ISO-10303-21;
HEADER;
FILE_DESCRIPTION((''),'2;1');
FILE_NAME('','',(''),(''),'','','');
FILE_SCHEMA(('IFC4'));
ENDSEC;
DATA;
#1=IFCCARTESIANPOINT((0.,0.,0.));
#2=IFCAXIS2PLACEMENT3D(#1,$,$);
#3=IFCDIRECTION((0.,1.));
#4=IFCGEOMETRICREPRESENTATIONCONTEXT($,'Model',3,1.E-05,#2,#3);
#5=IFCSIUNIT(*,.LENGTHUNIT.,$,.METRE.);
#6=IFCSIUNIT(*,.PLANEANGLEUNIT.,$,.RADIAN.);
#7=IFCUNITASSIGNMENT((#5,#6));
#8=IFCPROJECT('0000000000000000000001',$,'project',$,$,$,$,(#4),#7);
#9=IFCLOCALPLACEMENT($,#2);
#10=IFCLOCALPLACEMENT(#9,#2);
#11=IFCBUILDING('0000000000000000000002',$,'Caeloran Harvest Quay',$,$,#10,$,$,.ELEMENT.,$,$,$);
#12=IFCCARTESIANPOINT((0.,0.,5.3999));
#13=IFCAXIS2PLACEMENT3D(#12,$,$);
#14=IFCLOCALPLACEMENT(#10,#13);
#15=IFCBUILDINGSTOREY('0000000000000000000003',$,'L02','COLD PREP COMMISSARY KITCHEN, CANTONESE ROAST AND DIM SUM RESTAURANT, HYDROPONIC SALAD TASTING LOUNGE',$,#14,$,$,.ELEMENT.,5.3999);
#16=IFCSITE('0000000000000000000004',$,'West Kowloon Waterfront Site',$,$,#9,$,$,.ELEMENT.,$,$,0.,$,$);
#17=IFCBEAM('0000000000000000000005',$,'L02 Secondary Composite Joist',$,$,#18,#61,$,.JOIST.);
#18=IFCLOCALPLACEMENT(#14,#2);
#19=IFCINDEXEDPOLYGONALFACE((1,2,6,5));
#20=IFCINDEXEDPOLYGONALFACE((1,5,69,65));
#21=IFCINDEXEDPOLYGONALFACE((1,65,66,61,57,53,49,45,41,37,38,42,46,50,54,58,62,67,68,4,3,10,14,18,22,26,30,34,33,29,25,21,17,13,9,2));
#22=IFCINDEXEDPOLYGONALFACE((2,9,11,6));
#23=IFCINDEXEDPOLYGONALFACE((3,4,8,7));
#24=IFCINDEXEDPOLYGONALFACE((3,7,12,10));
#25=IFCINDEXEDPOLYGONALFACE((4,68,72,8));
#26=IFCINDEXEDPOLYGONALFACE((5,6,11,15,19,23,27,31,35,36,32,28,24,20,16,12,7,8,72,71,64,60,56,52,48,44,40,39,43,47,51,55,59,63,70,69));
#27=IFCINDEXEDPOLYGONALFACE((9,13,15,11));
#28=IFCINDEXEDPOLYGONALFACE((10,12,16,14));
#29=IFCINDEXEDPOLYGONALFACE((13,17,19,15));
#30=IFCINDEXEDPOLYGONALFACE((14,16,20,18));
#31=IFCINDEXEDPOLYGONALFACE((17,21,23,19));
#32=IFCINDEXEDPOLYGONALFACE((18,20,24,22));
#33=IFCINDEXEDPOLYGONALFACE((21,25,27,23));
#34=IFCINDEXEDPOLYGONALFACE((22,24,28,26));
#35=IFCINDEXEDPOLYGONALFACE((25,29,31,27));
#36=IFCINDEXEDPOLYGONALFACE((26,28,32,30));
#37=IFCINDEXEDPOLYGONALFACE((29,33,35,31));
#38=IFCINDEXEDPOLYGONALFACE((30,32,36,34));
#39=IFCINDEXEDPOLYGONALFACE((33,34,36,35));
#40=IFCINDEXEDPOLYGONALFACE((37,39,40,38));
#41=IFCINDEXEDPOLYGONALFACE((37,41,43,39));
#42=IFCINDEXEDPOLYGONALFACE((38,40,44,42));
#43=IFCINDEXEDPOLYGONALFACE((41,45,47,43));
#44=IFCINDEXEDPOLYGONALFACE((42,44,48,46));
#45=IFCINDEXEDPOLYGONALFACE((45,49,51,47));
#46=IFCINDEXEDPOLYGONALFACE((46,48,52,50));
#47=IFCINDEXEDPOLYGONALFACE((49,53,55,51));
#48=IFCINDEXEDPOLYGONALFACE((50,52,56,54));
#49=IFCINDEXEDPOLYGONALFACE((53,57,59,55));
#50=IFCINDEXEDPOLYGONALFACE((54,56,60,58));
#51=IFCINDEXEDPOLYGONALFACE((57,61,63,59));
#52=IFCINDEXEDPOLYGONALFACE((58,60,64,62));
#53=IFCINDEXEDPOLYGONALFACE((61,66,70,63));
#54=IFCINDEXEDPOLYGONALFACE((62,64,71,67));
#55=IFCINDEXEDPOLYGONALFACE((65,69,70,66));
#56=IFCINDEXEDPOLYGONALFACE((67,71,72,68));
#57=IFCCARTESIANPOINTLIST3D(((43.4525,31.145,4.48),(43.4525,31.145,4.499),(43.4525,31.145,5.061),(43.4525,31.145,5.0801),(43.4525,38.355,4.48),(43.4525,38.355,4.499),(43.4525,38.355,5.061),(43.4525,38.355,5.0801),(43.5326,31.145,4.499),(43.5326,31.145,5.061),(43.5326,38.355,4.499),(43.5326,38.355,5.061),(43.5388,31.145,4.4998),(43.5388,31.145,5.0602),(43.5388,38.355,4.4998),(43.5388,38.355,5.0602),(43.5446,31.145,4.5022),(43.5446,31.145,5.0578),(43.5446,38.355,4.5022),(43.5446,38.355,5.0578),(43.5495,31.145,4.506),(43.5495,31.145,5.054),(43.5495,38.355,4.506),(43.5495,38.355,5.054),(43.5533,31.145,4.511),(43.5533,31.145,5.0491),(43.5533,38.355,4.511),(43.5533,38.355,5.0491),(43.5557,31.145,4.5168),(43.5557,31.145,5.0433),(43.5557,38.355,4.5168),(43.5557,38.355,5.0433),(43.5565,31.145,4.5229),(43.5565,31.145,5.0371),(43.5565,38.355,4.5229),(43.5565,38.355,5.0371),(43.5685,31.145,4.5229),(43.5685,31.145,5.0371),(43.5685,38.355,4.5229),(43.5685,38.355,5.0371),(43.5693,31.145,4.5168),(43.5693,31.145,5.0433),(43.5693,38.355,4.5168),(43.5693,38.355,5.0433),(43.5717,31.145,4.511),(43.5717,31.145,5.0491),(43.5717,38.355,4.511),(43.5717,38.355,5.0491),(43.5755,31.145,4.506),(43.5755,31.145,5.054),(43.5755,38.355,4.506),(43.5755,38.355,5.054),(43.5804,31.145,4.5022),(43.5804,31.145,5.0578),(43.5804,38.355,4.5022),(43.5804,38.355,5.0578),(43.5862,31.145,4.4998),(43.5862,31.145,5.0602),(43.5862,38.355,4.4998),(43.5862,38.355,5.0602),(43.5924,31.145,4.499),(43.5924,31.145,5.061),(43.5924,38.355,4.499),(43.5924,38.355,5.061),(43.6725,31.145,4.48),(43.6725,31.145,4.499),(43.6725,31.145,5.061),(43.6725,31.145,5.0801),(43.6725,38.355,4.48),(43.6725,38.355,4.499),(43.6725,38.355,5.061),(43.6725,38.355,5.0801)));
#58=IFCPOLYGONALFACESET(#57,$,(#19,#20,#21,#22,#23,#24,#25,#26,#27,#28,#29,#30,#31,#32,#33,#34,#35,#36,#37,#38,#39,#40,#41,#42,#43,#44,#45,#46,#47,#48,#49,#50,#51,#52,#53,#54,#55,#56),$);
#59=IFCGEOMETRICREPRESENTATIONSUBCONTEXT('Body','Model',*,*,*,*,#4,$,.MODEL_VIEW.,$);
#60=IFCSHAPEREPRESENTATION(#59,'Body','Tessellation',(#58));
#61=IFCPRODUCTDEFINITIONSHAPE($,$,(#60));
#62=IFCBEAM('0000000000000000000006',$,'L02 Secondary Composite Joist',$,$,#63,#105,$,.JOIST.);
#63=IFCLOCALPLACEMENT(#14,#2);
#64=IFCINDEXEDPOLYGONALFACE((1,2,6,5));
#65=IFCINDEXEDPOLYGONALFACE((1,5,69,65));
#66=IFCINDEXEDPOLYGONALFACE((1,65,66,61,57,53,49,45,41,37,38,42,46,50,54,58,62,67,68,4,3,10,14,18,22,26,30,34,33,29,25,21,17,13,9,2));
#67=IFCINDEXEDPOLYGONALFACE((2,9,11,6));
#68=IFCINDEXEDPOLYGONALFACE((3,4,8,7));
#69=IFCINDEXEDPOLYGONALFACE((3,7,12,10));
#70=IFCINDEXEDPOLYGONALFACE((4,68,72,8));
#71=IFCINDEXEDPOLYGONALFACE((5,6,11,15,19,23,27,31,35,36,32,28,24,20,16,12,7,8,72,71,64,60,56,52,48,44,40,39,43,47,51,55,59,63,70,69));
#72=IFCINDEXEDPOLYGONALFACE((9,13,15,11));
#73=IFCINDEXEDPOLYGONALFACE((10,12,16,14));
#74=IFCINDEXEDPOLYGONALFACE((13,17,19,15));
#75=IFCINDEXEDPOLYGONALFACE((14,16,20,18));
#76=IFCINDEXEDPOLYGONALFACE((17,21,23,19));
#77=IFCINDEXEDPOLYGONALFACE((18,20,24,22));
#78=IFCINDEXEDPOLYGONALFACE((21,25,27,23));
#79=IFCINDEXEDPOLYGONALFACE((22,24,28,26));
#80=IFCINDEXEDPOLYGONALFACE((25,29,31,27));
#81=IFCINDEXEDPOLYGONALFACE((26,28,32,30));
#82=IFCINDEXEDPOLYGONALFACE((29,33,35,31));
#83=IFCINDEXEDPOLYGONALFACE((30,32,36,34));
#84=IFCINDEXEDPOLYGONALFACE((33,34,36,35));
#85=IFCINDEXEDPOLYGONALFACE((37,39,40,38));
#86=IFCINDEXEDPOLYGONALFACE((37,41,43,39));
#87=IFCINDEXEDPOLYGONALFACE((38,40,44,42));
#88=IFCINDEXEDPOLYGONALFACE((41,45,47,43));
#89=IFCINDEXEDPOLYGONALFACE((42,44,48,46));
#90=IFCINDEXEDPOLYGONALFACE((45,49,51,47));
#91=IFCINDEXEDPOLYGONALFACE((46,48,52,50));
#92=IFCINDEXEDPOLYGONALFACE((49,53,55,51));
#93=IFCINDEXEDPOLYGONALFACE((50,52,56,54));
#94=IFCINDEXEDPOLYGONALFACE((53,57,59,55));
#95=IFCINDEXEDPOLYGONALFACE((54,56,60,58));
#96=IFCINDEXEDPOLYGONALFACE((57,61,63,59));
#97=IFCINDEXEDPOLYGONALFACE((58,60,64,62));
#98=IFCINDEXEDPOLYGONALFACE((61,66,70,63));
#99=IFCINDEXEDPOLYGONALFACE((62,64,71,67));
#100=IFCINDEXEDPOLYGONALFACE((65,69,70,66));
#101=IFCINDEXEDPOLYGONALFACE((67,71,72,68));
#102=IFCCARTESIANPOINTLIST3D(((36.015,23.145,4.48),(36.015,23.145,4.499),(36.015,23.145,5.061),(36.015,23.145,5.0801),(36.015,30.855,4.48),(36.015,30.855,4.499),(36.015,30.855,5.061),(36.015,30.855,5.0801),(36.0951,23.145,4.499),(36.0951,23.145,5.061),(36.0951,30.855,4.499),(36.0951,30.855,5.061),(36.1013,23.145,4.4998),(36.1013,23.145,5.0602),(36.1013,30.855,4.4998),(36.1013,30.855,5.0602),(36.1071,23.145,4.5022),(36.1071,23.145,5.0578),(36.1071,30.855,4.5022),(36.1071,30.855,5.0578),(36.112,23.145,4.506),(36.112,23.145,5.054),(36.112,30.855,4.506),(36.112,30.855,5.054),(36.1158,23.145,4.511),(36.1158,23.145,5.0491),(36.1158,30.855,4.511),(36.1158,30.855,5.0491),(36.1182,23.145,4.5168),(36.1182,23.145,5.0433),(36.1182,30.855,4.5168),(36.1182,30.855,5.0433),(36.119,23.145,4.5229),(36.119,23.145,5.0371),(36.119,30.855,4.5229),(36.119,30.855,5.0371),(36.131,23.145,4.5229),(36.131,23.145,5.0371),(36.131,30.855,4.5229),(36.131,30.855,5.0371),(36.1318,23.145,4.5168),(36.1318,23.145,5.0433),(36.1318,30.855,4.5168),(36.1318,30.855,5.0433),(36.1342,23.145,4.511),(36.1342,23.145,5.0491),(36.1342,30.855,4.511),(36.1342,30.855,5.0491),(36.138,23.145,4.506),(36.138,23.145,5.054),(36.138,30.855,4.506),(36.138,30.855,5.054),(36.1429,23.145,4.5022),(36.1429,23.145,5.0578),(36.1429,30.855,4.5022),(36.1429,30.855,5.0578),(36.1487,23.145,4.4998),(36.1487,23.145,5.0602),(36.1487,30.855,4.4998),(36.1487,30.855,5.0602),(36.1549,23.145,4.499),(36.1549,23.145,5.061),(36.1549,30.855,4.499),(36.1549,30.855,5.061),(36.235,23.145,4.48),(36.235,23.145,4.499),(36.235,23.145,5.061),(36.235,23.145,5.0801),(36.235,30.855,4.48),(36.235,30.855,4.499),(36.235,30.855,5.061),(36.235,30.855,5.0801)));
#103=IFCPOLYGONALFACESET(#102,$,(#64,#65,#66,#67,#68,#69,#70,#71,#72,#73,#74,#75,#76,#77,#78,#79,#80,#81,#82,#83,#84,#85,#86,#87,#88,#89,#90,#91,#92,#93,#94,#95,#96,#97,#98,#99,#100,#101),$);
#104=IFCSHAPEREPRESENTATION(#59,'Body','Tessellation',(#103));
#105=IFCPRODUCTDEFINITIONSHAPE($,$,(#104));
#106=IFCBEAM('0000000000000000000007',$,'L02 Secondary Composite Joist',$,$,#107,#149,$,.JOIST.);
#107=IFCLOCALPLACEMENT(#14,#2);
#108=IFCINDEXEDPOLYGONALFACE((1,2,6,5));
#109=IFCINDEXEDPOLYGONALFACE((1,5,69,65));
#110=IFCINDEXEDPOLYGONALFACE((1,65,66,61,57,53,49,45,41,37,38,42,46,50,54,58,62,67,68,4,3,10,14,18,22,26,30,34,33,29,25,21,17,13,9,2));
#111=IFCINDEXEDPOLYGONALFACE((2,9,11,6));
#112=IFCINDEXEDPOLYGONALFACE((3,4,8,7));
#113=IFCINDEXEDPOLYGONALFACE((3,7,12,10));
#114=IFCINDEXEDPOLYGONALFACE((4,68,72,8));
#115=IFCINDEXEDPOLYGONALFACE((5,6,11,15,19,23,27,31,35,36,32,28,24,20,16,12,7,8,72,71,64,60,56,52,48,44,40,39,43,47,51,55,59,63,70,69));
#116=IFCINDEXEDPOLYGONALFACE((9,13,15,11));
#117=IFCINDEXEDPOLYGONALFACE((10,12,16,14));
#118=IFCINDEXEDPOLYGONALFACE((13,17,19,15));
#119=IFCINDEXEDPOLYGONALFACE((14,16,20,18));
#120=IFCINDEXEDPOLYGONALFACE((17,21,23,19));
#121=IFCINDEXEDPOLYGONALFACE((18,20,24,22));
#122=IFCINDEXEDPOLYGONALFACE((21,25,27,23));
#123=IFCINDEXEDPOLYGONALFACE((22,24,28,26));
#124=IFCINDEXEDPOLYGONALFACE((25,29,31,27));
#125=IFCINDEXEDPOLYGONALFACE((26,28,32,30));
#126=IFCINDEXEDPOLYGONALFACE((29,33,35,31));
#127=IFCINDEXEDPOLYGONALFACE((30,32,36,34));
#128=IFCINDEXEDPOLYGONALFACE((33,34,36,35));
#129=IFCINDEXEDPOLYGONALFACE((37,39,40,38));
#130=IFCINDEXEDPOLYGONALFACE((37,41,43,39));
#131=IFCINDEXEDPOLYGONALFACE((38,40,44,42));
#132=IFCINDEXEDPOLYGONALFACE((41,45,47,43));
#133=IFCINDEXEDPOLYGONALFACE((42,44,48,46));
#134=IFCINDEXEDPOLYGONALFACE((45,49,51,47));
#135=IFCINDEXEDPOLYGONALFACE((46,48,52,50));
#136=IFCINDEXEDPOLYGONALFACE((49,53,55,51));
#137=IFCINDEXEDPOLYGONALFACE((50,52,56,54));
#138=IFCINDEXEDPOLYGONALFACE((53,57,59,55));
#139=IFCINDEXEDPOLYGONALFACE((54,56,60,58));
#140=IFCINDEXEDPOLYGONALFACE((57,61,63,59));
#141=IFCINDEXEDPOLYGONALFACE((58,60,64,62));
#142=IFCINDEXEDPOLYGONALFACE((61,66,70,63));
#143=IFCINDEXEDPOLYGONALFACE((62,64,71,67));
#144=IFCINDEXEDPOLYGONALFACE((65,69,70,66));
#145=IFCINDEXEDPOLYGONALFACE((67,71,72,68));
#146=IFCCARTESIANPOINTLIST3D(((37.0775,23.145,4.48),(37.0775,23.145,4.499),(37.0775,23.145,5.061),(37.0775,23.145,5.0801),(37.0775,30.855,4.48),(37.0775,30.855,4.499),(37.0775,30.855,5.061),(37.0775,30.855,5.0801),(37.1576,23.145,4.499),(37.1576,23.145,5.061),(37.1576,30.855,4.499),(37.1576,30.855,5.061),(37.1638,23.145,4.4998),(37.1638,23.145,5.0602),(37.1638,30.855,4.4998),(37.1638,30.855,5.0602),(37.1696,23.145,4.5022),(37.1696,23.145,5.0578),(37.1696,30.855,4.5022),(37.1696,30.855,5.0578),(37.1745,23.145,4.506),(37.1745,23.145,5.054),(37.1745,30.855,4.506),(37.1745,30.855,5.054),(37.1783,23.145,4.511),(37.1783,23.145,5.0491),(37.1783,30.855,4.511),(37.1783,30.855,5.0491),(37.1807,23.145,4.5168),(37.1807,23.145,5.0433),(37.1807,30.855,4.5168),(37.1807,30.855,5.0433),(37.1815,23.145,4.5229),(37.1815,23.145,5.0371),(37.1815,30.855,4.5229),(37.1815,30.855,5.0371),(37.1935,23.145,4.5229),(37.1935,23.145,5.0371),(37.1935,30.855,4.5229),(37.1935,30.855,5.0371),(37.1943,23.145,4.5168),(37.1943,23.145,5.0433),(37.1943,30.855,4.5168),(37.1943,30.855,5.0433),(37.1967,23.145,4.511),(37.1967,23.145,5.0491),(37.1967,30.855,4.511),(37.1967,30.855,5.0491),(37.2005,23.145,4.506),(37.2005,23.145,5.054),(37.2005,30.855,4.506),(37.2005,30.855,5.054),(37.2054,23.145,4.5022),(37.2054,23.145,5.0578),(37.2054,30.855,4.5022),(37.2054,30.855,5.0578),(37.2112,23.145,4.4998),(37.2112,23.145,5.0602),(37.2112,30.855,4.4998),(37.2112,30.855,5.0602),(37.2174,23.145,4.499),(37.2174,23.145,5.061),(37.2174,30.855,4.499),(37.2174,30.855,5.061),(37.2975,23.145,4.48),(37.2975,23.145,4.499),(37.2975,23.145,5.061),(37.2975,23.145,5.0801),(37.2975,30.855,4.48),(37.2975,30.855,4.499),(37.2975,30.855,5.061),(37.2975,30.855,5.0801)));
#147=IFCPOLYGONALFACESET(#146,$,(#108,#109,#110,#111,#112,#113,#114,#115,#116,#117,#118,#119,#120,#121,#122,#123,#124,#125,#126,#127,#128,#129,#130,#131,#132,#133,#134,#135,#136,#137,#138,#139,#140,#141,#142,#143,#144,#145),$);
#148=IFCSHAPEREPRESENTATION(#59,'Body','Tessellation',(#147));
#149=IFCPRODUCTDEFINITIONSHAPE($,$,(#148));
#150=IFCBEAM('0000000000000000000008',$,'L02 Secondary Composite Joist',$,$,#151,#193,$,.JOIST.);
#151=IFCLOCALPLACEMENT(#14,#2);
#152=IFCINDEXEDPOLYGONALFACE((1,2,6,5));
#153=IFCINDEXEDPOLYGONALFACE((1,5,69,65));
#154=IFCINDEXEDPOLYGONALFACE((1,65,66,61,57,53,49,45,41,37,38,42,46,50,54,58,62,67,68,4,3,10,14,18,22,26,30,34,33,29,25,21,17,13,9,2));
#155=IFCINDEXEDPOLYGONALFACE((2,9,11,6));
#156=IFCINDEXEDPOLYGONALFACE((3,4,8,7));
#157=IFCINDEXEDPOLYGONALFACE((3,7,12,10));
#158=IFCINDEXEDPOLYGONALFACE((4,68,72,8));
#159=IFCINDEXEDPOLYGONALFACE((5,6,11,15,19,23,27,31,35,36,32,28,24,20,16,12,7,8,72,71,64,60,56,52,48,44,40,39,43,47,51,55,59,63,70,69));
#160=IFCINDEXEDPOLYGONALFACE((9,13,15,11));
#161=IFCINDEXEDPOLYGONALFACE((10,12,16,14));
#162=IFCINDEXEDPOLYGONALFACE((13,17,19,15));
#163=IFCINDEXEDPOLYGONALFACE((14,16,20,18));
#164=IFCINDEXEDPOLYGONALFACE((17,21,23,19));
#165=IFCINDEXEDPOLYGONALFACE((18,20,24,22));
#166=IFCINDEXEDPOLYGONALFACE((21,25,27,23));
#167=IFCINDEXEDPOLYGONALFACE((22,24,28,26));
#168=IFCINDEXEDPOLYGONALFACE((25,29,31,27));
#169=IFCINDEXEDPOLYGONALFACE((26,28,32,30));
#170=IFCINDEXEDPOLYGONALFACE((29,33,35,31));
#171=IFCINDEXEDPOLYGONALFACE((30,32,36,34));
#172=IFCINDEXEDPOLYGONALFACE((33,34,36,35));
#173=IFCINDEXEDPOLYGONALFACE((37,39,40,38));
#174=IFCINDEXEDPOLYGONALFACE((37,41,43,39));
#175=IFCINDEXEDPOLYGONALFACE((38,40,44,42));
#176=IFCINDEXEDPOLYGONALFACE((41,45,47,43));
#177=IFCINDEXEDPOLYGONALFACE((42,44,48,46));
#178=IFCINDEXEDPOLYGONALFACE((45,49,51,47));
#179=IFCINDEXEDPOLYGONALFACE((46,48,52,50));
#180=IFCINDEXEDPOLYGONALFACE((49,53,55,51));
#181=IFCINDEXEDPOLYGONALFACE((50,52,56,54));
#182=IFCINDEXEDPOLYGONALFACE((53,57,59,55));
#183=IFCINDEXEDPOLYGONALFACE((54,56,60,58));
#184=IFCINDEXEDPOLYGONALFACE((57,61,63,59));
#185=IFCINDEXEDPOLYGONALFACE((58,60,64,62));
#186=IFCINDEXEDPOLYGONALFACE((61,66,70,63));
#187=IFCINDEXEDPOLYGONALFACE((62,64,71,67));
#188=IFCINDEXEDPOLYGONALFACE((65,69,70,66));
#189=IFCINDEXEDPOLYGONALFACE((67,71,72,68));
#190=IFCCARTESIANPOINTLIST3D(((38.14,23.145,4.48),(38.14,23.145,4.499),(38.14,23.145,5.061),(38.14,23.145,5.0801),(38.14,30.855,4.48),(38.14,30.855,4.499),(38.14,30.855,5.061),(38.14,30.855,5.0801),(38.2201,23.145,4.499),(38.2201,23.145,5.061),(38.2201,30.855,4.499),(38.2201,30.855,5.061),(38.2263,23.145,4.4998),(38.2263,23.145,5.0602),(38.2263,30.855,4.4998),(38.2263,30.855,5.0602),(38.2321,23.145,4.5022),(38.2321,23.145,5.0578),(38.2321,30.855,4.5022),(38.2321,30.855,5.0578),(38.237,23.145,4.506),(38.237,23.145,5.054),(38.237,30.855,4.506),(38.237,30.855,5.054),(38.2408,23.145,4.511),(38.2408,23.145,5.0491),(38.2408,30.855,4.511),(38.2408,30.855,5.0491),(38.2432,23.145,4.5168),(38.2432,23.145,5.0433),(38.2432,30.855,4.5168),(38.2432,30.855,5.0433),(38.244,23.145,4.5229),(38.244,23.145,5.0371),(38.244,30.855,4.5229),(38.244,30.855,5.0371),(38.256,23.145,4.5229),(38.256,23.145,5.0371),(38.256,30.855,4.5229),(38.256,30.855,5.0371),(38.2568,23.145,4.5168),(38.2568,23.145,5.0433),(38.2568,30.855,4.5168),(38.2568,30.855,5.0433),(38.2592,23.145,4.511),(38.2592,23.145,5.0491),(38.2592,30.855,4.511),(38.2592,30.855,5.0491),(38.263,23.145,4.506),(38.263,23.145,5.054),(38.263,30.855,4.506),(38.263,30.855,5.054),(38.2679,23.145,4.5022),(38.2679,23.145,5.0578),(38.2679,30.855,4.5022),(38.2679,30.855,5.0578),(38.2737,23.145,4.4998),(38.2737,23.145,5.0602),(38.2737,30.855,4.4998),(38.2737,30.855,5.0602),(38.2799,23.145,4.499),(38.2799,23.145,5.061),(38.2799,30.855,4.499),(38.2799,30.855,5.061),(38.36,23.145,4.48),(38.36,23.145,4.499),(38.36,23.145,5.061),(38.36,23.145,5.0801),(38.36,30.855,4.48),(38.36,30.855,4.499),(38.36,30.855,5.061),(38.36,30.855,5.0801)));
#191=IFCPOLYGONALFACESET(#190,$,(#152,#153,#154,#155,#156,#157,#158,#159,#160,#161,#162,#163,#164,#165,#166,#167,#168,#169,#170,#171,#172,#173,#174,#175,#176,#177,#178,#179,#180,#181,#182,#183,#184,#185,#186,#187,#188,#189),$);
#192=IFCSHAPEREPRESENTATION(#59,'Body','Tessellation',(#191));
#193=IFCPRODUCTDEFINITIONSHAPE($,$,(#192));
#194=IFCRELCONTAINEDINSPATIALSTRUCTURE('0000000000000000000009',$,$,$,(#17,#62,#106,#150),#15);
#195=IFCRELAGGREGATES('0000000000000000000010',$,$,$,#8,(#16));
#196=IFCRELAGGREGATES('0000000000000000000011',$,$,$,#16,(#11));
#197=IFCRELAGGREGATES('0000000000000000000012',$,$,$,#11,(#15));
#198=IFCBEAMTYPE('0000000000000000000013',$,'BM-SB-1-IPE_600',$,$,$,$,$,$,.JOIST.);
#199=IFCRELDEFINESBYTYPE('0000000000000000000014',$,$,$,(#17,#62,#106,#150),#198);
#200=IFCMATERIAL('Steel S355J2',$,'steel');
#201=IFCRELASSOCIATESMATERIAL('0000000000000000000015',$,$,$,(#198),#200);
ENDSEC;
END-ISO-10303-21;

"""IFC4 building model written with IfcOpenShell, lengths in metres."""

from ifc_helpers import new_model, si_unit, direction, frame, origin, origin_2d, place, context, subcontext, project, spatial, i_section, extrude, material, material_profile, profile_set, type_object, element, save


model = new_model("IFC4")

# Units and contexts
model_context = context("Model", 3, precision=1e-05, world=origin(), true_north=direction((0.0, 1.0)))
body_context = subcontext(model_context, "Body", "Model", "MODEL_VIEW")
ifc_project = project(units=[si_unit("LENGTHUNIT", "METRE"), si_unit("PLANEANGLEUNIT", "RADIAN")], contexts=[model_context])

# Site, building, storey
site_placement = place(None, origin())
site = spatial("IfcSite", under=ifc_project, at=site_placement, Name="West Kowloon Waterfront Site", CompositionType="ELEMENT", RefElevation=0.0)
building_placement = place(site_placement, origin())
building = spatial("IfcBuilding", under=site, at=building_placement, Name="Caeloran Harvest Quay", CompositionType="ELEMENT")
storey_placement = place(building_placement, frame((0.0, 0.0, 5.3999)))
storey = spatial("IfcBuildingStorey", under=building, at=storey_placement, Name="L02", Description="COLD PREP COMMISSARY KITCHEN, CANTONESE ROAST AND DIM SUM RESTAURANT, HYDROPONIC SALAD TASTING LOUNGE", CompositionType="ELEMENT", Elevation=5.3999)

# Beams
ifc_material_1 = material(Name="Steel S355J2", Category="steel")
ifc_material_profile_1 = material_profile(ifc_material_1, i_section(OverallWidth=0.22, OverallDepth=0.6001, WebThickness=0.012, FlangeThickness=0.019, FilletRadius=0.0239, at=origin_2d()), Name="IPE 600")
ifc_profile_set_1 = profile_set([ifc_material_profile_1], Name="Steel S355J2")
beam_type_1 = type_object("IfcBeamType", Name="BM-SB-1-IPE_600", PredefinedType="JOIST", material=ifc_profile_set_1)
beam_1_placement = place(storey_placement, frame((43.5625, 31.145, 4.78), z_axis=(0.0, 1.0, 0.0), x_axis=(-1.0, 0.0, 0.0)))
element("IfcBeam", 1, at=beam_1_placement, inside=storey, type_object=beam_type_1, Name="L02 Secondary Composite Joist", PredefinedType="JOIST", context=body_context, shape_type="SweptSolid", body=[
    extrude(i_section(OverallWidth=0.22, OverallDepth=0.6001, WebThickness=0.012, FlangeThickness=0.019, FilletRadius=0.0239, at=origin_2d()), origin(), (0.0, 0.0, 1.0), 7.21),
])
for number, where, z_axis, x_axis, name in (
    (2, (36.125, 23.145, 4.78), (0.0, 1.0, 0.0), (-1.0, 0.0, 0.0), "L02 Secondary Composite Joist"),
    (3, (37.1875, 23.145, 4.78), (0.0, 1.0, 0.0), (-1.0, 0.0, 0.0), "L02 Secondary Composite Joist"),
    (4, (38.25, 23.145, 4.78), (0.0, 1.0, 0.0), (-1.0, 0.0, 0.0), "L02 Secondary Composite Joist"),
):
    element("IfcBeam", number, at=place(storey_placement, frame(where, z_axis=z_axis, x_axis=x_axis)), inside=storey, type_object=beam_type_1, Name=name, PredefinedType="JOIST", context=body_context, shape_type="SweptSolid", body=[
        extrude(i_section(OverallWidth=0.22, OverallDepth=0.6001, WebThickness=0.012, FlangeThickness=0.019, FilletRadius=0.0239, at=origin_2d()), origin(), (0.0, 0.0, 1.0), 7.71),
    ])

save(model, "model.ifc")
